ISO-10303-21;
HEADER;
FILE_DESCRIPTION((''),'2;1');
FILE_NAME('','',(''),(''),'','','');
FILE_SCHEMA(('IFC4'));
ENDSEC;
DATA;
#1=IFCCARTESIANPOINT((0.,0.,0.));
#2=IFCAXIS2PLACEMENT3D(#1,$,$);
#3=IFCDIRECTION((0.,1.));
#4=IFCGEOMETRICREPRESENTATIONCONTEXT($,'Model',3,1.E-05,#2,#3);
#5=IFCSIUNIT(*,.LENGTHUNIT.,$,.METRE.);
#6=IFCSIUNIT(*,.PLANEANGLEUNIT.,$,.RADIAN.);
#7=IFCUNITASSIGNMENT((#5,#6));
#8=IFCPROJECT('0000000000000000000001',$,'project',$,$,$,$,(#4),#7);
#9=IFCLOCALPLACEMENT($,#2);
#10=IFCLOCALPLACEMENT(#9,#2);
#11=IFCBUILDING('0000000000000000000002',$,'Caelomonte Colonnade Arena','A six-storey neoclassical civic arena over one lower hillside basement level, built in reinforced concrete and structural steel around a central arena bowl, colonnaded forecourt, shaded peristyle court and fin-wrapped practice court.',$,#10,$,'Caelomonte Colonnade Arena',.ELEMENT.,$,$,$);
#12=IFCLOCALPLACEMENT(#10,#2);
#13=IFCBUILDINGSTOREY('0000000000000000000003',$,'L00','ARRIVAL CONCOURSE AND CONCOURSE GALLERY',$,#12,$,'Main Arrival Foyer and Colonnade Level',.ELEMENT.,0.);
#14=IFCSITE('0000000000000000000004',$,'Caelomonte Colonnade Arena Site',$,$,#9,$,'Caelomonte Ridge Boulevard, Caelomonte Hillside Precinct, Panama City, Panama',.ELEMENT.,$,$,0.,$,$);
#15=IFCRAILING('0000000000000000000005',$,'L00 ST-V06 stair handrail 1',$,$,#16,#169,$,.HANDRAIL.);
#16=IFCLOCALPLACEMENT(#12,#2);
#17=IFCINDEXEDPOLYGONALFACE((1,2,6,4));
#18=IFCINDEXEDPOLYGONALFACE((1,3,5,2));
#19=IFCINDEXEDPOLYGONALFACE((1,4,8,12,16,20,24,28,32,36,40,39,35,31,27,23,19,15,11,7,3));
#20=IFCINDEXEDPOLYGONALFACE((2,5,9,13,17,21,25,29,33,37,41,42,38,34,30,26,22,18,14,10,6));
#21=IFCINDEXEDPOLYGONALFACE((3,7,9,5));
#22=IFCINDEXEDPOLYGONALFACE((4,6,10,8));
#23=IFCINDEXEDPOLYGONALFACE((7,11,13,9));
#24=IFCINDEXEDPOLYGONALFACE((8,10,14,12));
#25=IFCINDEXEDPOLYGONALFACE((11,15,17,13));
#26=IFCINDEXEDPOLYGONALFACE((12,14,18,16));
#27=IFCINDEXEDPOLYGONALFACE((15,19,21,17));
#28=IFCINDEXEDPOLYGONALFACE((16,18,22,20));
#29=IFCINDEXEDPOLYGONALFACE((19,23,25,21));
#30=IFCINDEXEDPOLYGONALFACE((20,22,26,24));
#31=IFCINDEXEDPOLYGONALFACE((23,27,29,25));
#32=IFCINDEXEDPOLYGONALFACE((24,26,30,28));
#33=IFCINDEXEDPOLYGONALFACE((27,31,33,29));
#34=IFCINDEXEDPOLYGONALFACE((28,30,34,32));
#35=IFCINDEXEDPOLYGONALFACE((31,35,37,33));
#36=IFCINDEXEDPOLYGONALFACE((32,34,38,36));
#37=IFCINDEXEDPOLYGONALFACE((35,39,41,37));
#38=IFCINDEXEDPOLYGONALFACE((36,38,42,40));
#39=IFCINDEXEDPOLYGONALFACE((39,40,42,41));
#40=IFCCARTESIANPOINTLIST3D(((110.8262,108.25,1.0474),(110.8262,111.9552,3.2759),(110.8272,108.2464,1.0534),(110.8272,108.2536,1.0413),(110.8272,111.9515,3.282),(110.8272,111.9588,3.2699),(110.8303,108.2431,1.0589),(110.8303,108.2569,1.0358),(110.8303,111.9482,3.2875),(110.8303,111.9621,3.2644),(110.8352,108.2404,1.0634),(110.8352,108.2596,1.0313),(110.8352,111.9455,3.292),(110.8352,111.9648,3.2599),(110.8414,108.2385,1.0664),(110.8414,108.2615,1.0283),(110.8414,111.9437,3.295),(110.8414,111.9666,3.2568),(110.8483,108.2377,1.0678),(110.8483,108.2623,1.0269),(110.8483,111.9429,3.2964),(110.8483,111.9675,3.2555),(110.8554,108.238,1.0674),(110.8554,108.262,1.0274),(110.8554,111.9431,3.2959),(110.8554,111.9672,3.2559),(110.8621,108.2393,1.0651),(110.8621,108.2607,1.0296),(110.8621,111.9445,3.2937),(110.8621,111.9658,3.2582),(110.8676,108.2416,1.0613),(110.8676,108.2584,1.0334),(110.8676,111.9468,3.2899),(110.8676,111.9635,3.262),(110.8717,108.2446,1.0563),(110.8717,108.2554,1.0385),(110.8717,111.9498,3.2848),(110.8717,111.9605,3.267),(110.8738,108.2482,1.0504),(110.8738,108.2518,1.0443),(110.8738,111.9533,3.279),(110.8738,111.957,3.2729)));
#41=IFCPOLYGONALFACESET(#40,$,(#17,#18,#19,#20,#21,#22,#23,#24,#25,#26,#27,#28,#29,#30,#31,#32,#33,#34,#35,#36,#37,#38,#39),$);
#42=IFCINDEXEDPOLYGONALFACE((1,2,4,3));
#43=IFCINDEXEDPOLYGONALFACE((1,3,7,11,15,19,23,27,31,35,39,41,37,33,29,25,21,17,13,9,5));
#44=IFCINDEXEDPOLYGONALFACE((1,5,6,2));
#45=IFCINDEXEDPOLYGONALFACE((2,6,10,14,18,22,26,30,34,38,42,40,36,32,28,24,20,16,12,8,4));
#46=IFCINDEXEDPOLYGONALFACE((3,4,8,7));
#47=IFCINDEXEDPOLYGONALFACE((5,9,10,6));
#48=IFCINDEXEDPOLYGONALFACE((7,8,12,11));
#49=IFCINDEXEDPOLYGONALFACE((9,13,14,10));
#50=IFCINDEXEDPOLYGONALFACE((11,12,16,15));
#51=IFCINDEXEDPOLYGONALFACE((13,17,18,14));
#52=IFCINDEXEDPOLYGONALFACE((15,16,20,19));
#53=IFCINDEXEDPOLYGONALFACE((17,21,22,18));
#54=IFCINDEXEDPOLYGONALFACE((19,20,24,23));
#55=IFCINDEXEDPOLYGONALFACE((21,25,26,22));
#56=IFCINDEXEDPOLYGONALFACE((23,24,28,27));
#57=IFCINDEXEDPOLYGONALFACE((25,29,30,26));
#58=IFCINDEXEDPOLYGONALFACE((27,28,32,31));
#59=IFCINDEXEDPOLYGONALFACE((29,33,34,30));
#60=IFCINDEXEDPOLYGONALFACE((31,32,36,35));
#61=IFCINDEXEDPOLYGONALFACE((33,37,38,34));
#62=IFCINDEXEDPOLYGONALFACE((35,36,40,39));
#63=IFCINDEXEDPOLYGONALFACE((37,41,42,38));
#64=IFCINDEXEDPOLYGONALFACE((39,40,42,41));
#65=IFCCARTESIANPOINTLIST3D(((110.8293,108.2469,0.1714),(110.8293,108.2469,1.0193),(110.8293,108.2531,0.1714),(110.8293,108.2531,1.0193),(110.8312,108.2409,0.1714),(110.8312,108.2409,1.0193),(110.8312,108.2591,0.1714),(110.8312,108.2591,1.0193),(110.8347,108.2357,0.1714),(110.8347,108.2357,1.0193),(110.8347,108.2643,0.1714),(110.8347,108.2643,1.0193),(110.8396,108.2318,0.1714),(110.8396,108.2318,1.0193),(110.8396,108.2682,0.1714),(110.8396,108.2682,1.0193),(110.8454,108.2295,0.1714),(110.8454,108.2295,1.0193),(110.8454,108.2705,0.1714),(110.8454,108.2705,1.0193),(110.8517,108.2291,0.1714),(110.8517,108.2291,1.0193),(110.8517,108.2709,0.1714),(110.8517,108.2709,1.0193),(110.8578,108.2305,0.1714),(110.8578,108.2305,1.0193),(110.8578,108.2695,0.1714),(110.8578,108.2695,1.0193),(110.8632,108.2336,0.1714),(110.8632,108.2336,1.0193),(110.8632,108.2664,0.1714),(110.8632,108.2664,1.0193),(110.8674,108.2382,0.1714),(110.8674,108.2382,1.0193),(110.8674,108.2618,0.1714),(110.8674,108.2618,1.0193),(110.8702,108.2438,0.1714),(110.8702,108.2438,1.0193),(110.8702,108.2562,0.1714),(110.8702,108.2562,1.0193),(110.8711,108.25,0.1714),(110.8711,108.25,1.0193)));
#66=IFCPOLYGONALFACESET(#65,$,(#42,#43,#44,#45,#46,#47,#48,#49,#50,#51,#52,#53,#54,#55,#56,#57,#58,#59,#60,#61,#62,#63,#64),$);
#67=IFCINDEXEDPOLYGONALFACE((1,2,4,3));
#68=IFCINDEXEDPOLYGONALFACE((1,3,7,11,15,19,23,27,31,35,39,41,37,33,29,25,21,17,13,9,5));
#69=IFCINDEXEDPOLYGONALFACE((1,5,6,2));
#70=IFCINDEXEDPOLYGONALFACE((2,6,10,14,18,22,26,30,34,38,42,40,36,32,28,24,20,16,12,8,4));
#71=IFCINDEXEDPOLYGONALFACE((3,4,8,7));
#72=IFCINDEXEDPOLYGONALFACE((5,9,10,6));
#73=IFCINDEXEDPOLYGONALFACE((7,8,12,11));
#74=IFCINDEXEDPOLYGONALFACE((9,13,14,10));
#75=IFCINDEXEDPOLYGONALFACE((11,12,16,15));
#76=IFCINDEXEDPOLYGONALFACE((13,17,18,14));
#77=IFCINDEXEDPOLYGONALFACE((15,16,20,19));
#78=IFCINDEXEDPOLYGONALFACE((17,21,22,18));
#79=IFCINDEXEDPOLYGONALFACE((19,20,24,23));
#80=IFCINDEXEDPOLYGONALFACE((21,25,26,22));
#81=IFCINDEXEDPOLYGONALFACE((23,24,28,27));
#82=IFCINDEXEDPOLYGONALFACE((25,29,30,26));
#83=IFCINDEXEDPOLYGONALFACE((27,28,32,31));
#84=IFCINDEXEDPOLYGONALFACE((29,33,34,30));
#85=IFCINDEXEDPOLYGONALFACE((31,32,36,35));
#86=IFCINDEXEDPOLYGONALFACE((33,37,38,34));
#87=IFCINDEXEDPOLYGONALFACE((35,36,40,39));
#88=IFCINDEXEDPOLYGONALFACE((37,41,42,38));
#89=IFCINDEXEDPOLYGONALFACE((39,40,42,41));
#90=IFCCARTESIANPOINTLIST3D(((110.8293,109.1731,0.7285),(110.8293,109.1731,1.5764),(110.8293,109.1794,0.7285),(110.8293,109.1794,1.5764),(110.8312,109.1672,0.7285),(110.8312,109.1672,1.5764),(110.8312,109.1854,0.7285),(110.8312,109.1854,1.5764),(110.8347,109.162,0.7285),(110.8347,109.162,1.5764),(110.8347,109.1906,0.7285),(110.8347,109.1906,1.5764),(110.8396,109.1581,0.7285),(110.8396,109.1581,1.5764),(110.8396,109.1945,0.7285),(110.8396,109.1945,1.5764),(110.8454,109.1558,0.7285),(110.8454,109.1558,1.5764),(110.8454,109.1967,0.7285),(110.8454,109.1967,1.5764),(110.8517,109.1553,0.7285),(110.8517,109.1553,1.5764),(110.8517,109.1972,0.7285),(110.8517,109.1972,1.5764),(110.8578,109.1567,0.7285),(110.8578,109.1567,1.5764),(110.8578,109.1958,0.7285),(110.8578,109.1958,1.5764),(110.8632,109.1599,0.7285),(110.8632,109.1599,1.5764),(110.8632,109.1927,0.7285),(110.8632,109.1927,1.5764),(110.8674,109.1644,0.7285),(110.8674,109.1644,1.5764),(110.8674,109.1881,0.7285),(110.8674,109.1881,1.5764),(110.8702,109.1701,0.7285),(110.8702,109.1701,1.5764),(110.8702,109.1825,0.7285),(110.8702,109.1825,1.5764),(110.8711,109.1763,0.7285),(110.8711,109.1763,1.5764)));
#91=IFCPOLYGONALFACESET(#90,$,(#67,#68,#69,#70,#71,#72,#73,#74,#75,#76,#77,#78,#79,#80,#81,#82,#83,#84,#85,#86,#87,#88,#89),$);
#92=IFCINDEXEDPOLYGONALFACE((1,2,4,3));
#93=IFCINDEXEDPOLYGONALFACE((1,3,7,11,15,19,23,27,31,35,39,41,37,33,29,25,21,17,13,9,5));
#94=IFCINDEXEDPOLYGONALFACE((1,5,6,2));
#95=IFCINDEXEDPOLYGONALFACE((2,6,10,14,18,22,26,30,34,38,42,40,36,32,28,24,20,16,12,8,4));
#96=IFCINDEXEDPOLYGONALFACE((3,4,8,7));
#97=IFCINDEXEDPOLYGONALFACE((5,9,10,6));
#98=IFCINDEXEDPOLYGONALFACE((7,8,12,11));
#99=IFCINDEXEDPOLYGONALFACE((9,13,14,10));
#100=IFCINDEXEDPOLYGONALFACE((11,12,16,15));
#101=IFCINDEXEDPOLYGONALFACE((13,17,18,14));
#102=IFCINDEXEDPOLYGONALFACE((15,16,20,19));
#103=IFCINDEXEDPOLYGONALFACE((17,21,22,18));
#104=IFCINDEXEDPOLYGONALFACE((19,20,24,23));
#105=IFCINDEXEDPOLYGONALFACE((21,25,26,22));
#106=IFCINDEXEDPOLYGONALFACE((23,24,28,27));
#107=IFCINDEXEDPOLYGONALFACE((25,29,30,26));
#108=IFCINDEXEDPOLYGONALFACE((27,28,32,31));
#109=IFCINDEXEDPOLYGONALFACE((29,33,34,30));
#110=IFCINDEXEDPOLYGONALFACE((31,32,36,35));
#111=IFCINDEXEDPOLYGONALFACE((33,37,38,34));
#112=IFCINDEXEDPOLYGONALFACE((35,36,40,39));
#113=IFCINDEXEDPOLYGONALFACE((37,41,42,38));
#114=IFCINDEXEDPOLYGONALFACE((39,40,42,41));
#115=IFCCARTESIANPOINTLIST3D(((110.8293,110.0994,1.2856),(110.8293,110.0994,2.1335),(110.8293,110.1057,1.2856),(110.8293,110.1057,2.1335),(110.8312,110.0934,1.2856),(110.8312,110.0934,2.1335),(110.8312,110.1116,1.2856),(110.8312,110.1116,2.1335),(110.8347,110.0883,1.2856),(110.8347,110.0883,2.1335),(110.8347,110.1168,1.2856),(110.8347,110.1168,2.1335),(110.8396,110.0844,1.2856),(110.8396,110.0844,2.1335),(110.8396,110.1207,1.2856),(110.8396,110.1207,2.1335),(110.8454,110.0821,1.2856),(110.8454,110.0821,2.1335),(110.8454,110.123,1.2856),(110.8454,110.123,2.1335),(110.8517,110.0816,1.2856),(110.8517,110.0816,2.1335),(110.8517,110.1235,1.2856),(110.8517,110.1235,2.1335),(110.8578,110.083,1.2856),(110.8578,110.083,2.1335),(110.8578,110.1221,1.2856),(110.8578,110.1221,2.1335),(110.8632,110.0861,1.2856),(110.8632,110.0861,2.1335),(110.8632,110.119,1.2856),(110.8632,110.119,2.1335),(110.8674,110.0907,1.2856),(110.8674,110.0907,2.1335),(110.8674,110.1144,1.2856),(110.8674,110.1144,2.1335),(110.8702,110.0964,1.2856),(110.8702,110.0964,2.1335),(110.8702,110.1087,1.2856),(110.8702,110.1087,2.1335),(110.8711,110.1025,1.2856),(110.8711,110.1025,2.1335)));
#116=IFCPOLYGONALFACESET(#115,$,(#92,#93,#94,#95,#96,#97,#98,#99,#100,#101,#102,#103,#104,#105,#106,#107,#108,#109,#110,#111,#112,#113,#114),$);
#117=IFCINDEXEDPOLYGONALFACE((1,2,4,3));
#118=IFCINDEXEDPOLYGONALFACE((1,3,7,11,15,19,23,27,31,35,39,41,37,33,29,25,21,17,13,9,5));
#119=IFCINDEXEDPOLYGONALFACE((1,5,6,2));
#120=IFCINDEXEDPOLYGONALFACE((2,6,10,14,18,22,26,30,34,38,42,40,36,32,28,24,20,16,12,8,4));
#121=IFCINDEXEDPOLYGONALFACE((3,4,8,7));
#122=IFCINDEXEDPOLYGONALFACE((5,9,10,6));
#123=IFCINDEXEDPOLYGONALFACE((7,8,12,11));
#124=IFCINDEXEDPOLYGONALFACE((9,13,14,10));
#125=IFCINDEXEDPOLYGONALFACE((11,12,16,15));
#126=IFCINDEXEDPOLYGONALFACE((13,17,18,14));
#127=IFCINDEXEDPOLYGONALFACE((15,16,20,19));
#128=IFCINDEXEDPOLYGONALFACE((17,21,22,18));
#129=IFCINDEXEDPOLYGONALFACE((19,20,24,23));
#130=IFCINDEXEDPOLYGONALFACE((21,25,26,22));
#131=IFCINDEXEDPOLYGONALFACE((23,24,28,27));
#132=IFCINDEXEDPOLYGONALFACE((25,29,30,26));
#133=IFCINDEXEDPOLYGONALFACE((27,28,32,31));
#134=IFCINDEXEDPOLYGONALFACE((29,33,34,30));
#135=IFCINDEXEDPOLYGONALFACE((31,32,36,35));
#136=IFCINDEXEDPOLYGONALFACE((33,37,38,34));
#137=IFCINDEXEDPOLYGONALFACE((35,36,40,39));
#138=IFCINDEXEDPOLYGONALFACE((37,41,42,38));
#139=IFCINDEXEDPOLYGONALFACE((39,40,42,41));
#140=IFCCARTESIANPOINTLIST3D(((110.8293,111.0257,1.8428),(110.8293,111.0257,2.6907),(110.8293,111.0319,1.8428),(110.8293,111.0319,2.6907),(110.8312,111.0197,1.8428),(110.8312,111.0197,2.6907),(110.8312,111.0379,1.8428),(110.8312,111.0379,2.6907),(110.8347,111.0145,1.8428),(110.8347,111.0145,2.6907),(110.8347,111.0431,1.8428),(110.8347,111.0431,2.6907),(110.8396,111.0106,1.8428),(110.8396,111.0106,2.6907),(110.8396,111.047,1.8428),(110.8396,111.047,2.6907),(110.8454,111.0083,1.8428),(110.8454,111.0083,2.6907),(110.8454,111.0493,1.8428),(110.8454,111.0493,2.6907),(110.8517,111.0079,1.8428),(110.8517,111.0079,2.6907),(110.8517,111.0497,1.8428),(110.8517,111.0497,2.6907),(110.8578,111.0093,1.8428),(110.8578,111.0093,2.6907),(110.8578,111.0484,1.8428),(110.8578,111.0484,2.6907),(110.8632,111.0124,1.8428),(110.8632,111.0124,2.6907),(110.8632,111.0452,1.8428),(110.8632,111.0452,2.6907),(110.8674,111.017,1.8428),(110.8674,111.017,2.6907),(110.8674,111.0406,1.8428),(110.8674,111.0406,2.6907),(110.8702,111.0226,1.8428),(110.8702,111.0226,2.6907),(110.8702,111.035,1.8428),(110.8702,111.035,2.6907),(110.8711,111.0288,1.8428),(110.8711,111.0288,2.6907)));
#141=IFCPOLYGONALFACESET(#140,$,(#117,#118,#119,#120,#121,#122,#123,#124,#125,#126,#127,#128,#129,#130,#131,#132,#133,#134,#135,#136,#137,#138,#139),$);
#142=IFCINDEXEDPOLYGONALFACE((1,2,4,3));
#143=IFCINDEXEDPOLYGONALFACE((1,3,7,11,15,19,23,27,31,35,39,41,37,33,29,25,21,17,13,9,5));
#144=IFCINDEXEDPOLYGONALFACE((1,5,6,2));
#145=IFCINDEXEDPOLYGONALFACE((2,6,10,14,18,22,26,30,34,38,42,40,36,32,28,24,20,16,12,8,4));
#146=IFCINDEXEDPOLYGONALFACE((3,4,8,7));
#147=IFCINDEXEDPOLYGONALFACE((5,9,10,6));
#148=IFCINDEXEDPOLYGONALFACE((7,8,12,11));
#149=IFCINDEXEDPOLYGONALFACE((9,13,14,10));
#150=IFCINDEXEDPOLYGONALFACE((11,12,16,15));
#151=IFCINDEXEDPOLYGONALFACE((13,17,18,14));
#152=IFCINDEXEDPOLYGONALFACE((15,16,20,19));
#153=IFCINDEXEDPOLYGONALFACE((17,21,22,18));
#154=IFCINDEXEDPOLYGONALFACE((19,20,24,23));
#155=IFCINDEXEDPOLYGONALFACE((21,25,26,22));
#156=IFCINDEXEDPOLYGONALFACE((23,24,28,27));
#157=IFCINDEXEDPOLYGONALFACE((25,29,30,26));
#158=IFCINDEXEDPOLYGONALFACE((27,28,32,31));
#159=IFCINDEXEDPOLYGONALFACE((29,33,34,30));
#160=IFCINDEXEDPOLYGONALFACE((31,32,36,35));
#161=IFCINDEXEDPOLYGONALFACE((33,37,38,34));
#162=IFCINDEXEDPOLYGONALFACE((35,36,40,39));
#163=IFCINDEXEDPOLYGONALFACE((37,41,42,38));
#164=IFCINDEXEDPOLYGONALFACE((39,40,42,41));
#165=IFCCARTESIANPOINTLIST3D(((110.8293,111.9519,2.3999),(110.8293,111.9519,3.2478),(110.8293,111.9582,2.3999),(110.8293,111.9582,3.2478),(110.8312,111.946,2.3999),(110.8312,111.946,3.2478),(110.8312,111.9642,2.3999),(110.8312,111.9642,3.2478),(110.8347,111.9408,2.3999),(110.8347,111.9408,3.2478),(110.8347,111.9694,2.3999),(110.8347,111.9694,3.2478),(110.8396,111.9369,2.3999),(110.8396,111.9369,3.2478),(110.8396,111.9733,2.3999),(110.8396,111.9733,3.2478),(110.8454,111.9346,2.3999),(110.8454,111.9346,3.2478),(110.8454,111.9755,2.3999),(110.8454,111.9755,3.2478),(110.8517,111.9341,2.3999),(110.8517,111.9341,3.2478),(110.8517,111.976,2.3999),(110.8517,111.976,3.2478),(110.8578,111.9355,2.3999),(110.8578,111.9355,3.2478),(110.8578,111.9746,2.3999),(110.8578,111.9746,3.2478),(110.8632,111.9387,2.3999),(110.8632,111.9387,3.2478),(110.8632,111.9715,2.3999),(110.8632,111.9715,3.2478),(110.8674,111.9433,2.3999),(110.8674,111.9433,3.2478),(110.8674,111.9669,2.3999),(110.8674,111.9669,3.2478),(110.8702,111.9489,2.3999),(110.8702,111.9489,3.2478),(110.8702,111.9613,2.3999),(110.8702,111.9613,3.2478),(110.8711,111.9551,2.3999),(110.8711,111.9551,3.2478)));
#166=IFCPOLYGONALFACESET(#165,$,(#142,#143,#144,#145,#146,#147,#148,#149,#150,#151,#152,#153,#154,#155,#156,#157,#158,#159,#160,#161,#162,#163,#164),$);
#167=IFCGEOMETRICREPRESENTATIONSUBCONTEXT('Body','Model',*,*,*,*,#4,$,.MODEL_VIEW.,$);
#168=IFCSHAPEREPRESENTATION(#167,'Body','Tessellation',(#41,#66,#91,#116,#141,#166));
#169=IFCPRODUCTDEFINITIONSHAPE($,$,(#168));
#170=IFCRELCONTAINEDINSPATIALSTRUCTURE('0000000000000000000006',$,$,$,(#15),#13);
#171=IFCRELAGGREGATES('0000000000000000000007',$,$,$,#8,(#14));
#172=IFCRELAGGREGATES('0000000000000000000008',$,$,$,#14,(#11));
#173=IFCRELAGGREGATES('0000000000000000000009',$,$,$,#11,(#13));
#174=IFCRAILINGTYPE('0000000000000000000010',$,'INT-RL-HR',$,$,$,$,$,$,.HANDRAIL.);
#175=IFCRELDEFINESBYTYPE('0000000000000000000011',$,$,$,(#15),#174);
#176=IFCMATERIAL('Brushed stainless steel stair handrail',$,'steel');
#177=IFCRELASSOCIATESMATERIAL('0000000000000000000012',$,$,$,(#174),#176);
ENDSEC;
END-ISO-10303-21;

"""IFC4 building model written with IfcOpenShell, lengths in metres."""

from ifc_helpers import new_model, si_unit, direction, frame, origin, origin_2d, place, context, subcontext, project, spatial, circle, extrude, material, type_object, element, save


model = new_model("IFC4")

# Units and contexts
model_context = context("Model", 3, precision=1e-05, world=origin(), true_north=direction((0.0, 1.0)))
body_context = subcontext(model_context, "Body", "Model", "MODEL_VIEW")
ifc_project = project(units=[si_unit("LENGTHUNIT", "METRE"), si_unit("PLANEANGLEUNIT", "RADIAN")], contexts=[model_context])

# Site, building, storey
site_placement = place(None, origin())
site = spatial("IfcSite", under=ifc_project, at=site_placement, Name="Caelomonte Colonnade Arena Site", LongName="Caelomonte Ridge Boulevard, Caelomonte Hillside Precinct, Panama City, Panama", CompositionType="ELEMENT", RefElevation=0.0)
building_placement = place(site_placement, origin())
building = spatial("IfcBuilding", under=site, at=building_placement, Name="Caelomonte Colonnade Arena", Description="A six-storey neoclassical civic arena over one lower hillside basement level, built in reinforced concrete and structural steel around a central arena bowl, colonnaded forecourt, shaded peristyle court and fin-wrapped practice court.", LongName="Caelomonte Colonnade Arena", CompositionType="ELEMENT")
storey_placement = place(building_placement, origin())
storey = spatial("IfcBuildingStorey", under=building, at=storey_placement, Name="L00", Description="ARRIVAL CONCOURSE AND CONCOURSE GALLERY", LongName="Main Arrival Foyer and Colonnade Level", CompositionType="ELEMENT", Elevation=0.0)

# Railing
ifc_material_1 = material(Name="Brushed stainless steel stair handrail", Category="steel")
railing_type_1 = type_object("IfcRailingType", Name="INT-RL-HR", PredefinedType="HANDRAIL", material=ifc_material_1)
railing_1_placement = place(storey_placement, frame((110.8501, 108.25, 0.1714)))
element("IfcRailing", 1, at=railing_1_placement, inside=storey, type_object=railing_type_1, Name="L00 ST-V06 stair handrail 1", PredefinedType="HANDRAIL", context=body_context, shape_type="SweptSolid", body=[
    extrude(circle(Radius=0.0239, at=origin_2d()), frame((0.0, 0.0, 0.876), z_axis=(0.0, 0.856934, 0.515425), x_axis=(-1.0, 0.0, 0.0)), (0.0, 0.0, 1.0), 4.3237),
    extrude(circle(Radius=0.021, at=origin_2d()), origin(), (0.0, 0.0, 1.0), 0.8479),
    extrude(circle(Radius=0.021, at=origin_2d()), frame((0.0, 0.9263, 0.5571)), (0.0, 0.0, 1.0), 0.8479),
    extrude(circle(Radius=0.021, at=origin_2d()), frame((0.0, 1.8525, 1.1143)), (0.0, 0.0, 1.0), 0.8479),
    extrude(circle(Radius=0.021, at=origin_2d()), frame((0.0, 2.7788, 1.6714)), (0.0, 0.0, 1.0), 0.8479),
    extrude(circle(Radius=0.021, at=origin_2d()), frame((0.0, 3.7051, 2.2285)), (0.0, 0.0, 1.0), 0.8479),
])

save(model, "model.ifc")
